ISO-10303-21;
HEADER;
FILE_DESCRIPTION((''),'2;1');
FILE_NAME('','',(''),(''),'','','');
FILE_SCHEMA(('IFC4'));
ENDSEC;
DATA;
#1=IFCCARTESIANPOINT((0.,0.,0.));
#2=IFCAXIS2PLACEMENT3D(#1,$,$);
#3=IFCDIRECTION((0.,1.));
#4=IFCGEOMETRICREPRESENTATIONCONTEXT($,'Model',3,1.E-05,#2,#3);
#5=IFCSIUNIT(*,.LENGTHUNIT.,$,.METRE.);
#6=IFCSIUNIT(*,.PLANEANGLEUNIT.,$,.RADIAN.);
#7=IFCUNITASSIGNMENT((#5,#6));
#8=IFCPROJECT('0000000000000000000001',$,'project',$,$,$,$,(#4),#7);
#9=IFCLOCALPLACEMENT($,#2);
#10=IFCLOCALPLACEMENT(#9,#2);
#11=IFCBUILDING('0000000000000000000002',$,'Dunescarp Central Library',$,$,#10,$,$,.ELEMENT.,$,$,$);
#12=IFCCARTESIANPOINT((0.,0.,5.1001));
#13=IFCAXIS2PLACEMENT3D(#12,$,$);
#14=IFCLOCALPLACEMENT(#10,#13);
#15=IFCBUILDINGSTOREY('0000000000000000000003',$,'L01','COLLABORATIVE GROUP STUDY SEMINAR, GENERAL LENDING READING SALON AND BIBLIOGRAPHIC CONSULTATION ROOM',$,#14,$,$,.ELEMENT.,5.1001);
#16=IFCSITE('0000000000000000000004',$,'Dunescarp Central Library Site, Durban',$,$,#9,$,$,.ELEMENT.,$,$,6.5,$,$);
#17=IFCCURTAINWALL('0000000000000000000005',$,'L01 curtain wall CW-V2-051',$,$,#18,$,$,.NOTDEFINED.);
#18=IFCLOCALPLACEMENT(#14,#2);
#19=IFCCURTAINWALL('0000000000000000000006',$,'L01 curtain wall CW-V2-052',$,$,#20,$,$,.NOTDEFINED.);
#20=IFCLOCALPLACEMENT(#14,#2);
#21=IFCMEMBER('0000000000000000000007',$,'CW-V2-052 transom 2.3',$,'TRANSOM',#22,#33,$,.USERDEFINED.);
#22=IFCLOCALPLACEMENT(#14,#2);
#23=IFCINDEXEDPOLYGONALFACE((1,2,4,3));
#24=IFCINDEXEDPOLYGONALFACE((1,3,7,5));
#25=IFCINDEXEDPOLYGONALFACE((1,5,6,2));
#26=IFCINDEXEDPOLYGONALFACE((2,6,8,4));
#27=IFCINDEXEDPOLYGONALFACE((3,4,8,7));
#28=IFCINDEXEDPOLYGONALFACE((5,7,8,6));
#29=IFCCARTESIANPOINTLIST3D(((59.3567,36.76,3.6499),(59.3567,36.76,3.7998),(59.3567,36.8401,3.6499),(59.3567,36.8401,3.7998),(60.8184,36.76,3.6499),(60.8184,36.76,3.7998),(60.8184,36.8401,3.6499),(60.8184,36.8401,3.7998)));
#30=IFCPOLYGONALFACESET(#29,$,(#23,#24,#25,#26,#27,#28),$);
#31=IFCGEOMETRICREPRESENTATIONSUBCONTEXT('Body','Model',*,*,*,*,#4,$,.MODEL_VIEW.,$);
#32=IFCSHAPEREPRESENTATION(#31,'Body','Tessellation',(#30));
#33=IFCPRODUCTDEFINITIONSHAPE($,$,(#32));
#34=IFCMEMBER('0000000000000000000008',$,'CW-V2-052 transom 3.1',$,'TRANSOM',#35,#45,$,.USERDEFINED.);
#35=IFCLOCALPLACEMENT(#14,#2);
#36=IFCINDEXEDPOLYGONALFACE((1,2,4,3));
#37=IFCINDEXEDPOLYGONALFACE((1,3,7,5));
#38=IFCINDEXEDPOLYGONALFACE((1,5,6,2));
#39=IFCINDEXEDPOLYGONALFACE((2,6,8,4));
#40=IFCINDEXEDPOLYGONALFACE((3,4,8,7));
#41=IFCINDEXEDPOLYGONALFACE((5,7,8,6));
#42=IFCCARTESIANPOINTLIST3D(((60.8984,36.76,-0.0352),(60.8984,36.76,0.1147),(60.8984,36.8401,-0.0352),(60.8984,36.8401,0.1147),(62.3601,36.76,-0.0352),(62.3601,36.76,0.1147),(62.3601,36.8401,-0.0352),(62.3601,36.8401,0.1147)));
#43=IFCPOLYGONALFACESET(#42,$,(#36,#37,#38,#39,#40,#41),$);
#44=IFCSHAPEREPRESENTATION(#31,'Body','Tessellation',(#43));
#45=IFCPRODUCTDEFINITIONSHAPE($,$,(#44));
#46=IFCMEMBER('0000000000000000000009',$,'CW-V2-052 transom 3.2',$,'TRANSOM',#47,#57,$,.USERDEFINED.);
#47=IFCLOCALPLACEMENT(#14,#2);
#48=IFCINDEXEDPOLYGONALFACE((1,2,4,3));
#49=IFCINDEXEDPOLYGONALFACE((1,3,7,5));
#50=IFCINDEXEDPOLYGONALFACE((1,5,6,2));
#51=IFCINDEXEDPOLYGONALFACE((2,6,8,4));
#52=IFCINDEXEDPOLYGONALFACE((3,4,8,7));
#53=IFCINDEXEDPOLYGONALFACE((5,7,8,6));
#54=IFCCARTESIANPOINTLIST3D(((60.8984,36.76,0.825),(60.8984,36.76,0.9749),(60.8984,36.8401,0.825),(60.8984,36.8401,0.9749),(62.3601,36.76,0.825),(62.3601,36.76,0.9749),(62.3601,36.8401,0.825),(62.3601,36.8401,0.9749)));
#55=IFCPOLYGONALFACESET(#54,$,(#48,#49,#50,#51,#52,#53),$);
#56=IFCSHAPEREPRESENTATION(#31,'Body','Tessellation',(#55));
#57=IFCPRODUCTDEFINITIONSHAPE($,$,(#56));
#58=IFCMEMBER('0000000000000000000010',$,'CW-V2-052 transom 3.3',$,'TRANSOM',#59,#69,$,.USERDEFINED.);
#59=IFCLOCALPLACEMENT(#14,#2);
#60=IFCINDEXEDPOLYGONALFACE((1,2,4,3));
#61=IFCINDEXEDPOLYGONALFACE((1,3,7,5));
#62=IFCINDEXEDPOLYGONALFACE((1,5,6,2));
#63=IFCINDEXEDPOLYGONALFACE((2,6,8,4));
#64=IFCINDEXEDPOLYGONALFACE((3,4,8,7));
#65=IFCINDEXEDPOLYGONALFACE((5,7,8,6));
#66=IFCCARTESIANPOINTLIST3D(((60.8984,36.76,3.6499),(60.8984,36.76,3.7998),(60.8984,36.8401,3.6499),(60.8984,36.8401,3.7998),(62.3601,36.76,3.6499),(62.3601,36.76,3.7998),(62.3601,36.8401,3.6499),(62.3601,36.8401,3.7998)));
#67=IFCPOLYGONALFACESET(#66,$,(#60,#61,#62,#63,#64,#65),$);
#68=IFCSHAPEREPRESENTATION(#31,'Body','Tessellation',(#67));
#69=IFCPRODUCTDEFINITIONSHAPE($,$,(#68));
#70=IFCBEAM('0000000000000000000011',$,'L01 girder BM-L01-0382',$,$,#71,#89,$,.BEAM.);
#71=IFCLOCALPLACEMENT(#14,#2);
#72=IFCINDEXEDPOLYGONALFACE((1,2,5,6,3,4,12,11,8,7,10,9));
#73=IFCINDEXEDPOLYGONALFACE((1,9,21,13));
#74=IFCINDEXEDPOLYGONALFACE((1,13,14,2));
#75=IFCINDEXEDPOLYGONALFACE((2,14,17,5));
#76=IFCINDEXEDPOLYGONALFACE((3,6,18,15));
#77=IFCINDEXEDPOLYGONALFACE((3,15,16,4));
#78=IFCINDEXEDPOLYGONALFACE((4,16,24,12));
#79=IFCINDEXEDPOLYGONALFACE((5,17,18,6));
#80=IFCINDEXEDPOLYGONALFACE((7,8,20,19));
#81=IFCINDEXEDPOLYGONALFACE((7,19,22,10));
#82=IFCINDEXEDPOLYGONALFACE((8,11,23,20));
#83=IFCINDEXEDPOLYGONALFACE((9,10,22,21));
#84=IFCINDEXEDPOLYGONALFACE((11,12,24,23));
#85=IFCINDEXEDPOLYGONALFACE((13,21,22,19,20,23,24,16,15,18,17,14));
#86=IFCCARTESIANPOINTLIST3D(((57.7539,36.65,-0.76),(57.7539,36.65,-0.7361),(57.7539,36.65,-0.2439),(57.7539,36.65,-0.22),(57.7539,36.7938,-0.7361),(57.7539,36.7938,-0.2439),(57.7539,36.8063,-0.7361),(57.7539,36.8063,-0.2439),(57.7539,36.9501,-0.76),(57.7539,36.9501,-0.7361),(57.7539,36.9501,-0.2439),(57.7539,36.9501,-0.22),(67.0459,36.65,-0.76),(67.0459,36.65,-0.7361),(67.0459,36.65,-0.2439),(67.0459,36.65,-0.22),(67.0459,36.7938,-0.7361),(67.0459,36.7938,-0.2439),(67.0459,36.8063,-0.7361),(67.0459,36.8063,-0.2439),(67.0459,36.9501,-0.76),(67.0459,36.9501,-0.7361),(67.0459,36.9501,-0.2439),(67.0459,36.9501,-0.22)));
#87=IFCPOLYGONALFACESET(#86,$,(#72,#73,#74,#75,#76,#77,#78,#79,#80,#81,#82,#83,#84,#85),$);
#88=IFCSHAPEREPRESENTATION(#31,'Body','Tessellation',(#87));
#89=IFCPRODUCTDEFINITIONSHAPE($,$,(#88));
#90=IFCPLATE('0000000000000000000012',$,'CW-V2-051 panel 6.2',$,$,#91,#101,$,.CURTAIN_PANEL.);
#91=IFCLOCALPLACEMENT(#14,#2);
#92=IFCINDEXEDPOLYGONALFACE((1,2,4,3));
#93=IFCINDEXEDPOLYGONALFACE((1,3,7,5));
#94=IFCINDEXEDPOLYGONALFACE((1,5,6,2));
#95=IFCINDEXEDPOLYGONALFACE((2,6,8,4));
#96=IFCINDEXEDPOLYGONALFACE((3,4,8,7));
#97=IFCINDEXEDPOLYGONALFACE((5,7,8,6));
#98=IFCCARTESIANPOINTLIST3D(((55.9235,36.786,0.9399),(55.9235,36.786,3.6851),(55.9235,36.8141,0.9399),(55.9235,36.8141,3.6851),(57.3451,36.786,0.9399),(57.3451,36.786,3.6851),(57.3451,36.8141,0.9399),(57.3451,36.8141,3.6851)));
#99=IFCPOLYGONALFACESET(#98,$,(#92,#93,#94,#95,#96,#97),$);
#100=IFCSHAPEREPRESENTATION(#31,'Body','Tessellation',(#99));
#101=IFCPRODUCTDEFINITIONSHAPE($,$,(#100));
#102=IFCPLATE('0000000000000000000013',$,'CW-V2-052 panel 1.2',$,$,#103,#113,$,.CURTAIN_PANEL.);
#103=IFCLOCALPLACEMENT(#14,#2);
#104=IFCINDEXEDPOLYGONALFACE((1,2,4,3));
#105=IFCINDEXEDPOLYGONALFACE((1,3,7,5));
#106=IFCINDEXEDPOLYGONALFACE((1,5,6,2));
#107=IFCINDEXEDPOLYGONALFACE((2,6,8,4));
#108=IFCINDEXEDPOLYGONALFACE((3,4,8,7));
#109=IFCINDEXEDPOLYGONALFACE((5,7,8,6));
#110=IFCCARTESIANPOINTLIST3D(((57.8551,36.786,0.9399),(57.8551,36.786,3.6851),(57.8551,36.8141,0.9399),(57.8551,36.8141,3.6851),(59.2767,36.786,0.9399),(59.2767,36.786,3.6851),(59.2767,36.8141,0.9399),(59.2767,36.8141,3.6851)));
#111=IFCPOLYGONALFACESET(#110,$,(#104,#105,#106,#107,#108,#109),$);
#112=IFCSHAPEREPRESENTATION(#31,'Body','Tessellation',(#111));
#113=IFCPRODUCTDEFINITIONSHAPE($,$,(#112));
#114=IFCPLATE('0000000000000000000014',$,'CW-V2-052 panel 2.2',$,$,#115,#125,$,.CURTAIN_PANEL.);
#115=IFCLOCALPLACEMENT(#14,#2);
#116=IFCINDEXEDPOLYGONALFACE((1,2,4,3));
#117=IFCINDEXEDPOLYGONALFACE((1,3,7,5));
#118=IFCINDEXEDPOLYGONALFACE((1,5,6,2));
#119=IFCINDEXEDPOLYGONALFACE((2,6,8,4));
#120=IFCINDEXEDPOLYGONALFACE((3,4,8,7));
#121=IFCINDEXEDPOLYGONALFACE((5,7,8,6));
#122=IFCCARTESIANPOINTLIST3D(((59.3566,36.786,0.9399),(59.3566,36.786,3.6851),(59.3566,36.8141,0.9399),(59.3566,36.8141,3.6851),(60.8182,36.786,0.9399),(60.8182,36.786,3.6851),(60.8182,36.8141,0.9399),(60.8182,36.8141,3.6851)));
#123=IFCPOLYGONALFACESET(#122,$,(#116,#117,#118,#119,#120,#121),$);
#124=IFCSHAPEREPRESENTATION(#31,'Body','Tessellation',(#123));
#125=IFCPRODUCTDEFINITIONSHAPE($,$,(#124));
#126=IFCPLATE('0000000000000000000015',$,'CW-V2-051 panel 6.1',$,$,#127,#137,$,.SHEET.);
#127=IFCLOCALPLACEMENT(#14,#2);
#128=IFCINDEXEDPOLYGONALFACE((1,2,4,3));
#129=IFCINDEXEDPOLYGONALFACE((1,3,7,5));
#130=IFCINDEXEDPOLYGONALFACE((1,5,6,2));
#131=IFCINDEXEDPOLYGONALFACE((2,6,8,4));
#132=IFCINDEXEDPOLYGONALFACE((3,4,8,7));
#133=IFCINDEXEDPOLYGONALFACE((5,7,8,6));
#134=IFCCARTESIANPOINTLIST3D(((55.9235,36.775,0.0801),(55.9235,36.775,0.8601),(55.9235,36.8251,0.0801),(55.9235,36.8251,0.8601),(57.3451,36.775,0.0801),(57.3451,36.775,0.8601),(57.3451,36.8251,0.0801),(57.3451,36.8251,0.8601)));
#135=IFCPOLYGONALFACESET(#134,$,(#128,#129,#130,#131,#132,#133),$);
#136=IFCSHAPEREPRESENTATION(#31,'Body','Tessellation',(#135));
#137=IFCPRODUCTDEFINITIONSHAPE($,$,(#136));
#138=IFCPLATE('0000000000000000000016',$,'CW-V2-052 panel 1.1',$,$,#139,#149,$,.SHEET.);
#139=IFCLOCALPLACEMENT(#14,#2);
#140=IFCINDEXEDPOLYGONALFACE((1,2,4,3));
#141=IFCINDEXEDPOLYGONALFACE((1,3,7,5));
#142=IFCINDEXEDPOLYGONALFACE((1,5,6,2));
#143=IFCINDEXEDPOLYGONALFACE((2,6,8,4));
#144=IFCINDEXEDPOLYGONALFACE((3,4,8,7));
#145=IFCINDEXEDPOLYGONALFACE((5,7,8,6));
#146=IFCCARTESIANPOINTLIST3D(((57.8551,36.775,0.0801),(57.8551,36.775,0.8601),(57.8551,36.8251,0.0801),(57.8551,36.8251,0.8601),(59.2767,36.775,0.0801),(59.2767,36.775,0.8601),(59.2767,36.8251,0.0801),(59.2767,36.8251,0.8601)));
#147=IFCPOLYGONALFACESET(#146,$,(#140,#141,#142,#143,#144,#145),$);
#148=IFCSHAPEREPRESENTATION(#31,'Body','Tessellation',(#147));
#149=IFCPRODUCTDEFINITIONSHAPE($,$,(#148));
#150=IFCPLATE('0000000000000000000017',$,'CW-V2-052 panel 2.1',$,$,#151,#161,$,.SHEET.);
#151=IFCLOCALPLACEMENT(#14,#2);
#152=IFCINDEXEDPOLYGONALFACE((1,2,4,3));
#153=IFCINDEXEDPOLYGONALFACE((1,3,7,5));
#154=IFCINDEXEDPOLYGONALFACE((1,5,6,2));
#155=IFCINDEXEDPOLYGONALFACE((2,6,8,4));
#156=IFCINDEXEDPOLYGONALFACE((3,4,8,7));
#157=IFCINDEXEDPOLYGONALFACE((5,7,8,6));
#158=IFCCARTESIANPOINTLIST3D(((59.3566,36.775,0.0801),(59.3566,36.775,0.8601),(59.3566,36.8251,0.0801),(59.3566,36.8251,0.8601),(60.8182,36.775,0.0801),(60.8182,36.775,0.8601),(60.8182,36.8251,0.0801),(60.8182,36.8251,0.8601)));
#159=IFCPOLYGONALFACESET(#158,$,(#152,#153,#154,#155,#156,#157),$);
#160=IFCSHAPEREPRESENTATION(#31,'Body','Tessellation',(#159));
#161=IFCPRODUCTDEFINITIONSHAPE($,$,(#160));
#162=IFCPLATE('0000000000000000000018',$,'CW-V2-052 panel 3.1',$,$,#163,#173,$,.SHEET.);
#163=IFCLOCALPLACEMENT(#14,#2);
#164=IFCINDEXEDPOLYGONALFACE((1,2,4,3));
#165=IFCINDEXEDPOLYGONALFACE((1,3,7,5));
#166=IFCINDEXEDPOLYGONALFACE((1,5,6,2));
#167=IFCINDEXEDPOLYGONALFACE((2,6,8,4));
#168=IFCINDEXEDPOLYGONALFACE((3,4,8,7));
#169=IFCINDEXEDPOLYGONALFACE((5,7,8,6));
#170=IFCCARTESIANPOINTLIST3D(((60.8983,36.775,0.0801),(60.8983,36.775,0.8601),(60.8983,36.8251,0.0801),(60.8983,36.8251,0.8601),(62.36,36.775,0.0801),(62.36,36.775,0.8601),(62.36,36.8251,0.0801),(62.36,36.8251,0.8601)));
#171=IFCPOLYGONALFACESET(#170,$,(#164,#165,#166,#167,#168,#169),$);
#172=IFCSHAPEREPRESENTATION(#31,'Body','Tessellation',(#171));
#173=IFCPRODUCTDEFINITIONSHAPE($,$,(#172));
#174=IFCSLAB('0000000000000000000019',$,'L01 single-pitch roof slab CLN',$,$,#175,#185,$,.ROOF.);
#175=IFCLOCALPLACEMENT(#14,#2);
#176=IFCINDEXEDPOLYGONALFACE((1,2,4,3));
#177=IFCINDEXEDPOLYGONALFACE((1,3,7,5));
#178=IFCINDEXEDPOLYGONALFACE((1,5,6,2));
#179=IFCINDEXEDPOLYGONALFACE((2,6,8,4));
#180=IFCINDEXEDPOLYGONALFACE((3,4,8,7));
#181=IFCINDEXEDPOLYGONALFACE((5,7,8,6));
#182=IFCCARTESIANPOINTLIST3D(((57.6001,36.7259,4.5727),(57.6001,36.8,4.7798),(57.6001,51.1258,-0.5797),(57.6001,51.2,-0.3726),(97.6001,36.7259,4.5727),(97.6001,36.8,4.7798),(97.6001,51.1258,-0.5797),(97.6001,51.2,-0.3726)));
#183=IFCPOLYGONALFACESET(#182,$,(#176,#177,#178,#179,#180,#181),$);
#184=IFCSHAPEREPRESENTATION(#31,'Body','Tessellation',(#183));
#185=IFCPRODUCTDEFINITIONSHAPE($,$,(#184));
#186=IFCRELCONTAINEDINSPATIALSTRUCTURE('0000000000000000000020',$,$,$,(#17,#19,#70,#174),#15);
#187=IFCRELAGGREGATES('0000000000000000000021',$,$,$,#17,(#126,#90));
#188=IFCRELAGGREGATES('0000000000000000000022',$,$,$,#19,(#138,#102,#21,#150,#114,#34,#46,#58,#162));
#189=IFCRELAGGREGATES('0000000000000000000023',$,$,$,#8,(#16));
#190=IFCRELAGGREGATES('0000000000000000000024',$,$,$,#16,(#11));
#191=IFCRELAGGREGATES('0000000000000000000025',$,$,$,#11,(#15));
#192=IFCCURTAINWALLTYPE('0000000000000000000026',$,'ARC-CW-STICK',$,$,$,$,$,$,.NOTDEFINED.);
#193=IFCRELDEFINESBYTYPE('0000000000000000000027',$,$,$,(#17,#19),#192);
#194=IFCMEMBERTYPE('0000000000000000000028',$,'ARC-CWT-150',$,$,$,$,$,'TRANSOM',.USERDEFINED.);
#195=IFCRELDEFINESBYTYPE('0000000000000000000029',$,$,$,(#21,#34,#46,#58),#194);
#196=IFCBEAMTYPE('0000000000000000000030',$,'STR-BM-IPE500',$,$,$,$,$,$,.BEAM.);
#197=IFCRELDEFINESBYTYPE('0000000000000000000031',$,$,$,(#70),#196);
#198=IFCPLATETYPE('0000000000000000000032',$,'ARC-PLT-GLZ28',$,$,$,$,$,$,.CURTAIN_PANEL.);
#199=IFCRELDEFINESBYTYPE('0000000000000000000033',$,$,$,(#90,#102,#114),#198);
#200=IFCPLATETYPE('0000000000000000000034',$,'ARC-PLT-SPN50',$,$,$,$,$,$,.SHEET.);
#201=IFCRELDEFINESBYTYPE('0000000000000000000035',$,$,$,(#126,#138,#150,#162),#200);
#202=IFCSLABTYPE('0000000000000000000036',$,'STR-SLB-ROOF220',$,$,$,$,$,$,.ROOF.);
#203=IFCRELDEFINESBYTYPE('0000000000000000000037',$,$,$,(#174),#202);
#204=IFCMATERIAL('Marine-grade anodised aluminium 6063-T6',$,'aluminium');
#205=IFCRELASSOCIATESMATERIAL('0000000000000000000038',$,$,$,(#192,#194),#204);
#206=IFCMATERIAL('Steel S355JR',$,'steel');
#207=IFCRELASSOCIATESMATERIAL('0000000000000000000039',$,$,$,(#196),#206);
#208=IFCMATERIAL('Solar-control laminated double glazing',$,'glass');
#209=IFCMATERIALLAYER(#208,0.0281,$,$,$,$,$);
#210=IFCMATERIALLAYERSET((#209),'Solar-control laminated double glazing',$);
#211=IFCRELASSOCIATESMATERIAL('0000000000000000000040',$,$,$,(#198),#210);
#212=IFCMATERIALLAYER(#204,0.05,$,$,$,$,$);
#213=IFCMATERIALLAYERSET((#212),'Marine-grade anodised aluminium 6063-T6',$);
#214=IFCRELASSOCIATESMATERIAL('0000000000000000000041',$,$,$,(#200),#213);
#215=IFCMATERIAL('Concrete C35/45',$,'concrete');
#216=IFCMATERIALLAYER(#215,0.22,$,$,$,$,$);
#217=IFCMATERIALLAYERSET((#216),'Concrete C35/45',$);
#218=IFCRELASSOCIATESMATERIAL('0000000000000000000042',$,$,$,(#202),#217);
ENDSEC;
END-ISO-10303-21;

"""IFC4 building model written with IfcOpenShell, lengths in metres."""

from ifc_helpers import new_model, si_unit, direction, frame, origin, origin_2d, place, context, subcontext, project, spatial, polyline, rectangle, i_section, outline, extrude, material, layer, layer_set, material_profile, profile_set, type_object, element, aggregate, save


model = new_model("IFC4")

# Units and contexts
model_context = context("Model", 3, precision=1e-05, world=origin(), true_north=direction((0.0, 1.0)))
body_context = subcontext(model_context, "Body", "Model", "MODEL_VIEW")
ifc_project = project(units=[si_unit("LENGTHUNIT", "METRE"), si_unit("PLANEANGLEUNIT", "RADIAN")], contexts=[model_context])

# Site, building, storey
site_placement = place(None, origin())
site = spatial("IfcSite", under=ifc_project, at=site_placement, Name="Dunescarp Central Library Site, Durban", CompositionType="ELEMENT", RefElevation=6.5)
building_placement = place(site_placement, origin())
building = spatial("IfcBuilding", under=site, at=building_placement, Name="Dunescarp Central Library", CompositionType="ELEMENT")
storey_placement = place(building_placement, frame((0.0, 0.0, 5.1001)))
storey = spatial("IfcBuildingStorey", under=building, at=storey_placement, Name="L01", Description="COLLABORATIVE GROUP STUDY SEMINAR, GENERAL LENDING READING SALON AND BIBLIOGRAPHIC CONSULTATION ROOM", CompositionType="ELEMENT", Elevation=5.1001)

# Shared definitions
ifc_material_1 = material(Name="Steel S355JR", Category="steel")

# Curtain walls
ifc_material_2 = material(Name="Marine-grade anodised aluminium 6063-T6", Category="aluminium")
curtain_wall_type = type_object("IfcCurtainWallType", Name="ARC-CW-STICK", PredefinedType="NOTDEFINED", material=ifc_material_2)
curtain_wall_1_placement = place(storey_placement, origin())
curtain_wall_1 = element("IfcCurtainWall", 1, at=curtain_wall_1_placement, inside=storey, type_object=curtain_wall_type, Name="L01 curtain wall CW-V2-051", PredefinedType="NOTDEFINED")
curtain_wall_2_placement = place(storey_placement, origin())
curtain_wall_2 = element("IfcCurtainWall", 2, at=curtain_wall_2_placement, inside=storey, type_object=curtain_wall_type, Name="L01 curtain wall CW-V2-052", PredefinedType="NOTDEFINED")

# Members
ifc_material_profile_1 = material_profile(ifc_material_2, rectangle(XDim=0.0801, YDim=0.1499, at=origin_2d()), Name="AL 80x150")
ifc_profile_set_1 = profile_set([ifc_material_profile_1], Name="Marine-grade anodised aluminium 6063-T6")
member_type_1 = type_object("IfcMemberType", Name="ARC-CWT-150", ElementType="TRANSOM", PredefinedType="USERDEFINED", material=ifc_profile_set_1)
member_1_placement = place(storey_placement, frame((59.3567, 36.8, 3.7249), z_axis=(1.0, 0.0, 0.0), x_axis=(0.0, 1.0, 0.0)))
member_1 = element("IfcMember", 3, at=member_1_placement, type_object=member_type_1, Name="CW-V2-052 transom 2.3", ObjectType="TRANSOM", PredefinedType="USERDEFINED", context=body_context, shape_type="SweptSolid", body=[
    extrude(rectangle(XDim=0.0801, YDim=0.1499, at=origin_2d()), origin(), (0.0, 0.0, 1.0), 1.4617),
])
member_2_placement = place(storey_placement, frame((60.8984, 36.8, 0.0398), z_axis=(1.0, 0.0, 0.0), x_axis=(0.0, 1.0, 0.0)))
member_2 = element("IfcMember", 4, at=member_2_placement, type_object=member_type_1, Name="CW-V2-052 transom 3.1", ObjectType="TRANSOM", PredefinedType="USERDEFINED", context=body_context, shape_type="SweptSolid", body=[
    extrude(rectangle(XDim=0.0801, YDim=0.1499, at=origin_2d()), origin(), (0.0, 0.0, 1.0), 1.4617),
])
member_3_placement = place(storey_placement, frame((60.8984, 36.8, 0.8999), z_axis=(1.0, 0.0, 0.0), x_axis=(0.0, 1.0, 0.0)))
member_3 = element("IfcMember", 5, at=member_3_placement, type_object=member_type_1, Name="CW-V2-052 transom 3.2", ObjectType="TRANSOM", PredefinedType="USERDEFINED", context=body_context, shape_type="SweptSolid", body=[
    extrude(rectangle(XDim=0.0801, YDim=0.1499, at=origin_2d()), origin(), (0.0, 0.0, 1.0), 1.4617),
])
member_4_placement = place(storey_placement, frame((60.8984, 36.8, 3.7249), z_axis=(1.0, 0.0, 0.0), x_axis=(0.0, 1.0, 0.0)))
member_4 = element("IfcMember", 6, at=member_4_placement, type_object=member_type_1, Name="CW-V2-052 transom 3.3", ObjectType="TRANSOM", PredefinedType="USERDEFINED", context=body_context, shape_type="SweptSolid", body=[
    extrude(rectangle(XDim=0.0801, YDim=0.1499, at=origin_2d()), origin(), (0.0, 0.0, 1.0), 1.4617),
])

# Beam
ifc_material_profile_2 = material_profile(ifc_material_1, i_section(OverallWidth=0.3, OverallDepth=0.54, WebThickness=0.0125, FlangeThickness=0.0239, at=origin_2d()), Name="HEA 550")
ifc_profile_set_2 = profile_set([ifc_material_profile_2], Name="Steel S355JR")
beam_type = type_object("IfcBeamType", Name="STR-BM-IPE500", PredefinedType="BEAM", material=ifc_profile_set_2)
beam_placement = place(storey_placement, frame((57.7539, 36.8, -0.49), z_axis=(1.0, 0.0, 0.0), x_axis=(0.0, 1.0, 0.0)))
element("IfcBeam", 7, at=beam_placement, inside=storey, type_object=beam_type, Name="L01 girder BM-L01-0382", PredefinedType="BEAM", context=body_context, shape_type="SweptSolid", body=[
    extrude(i_section(OverallWidth=0.3, OverallDepth=0.54, WebThickness=0.0125, FlangeThickness=0.0239, at=origin_2d()), origin(), (0.0, 0.0, 1.0), 9.292),
])

# Plates
ifc_material_3 = material(Name="Solar-control laminated double glazing", Category="glass")
ifc_layer_1 = layer(ifc_material_3, 0.0281)
ifc_layer_set_1 = layer_set([ifc_layer_1], Name="Solar-control laminated double glazing")
plate_type_1 = type_object("IfcPlateType", Name="ARC-PLT-GLZ28", PredefinedType="CURTAIN_PANEL", material=ifc_layer_set_1)
plate_1_placement = place(storey_placement, frame((56.6343, 36.8, 0.9399), z_axis=(0.0, 0.0, 1.0), x_axis=(1.0, 0.0, 0.0)))
plate_1 = element("IfcPlate", 8, at=plate_1_placement, type_object=plate_type_1, Name="CW-V2-051 panel 6.2", PredefinedType="CURTAIN_PANEL", context=body_context, shape_type="SweptSolid", body=[
    extrude(rectangle(XDim=1.4216, YDim=0.0281, at=origin_2d()), origin(), (0.0, 0.0, 1.0), 2.7451),
])
plate_2_placement = place(storey_placement, frame((58.5659, 36.8, 0.9399), z_axis=(0.0, 0.0, 1.0), x_axis=(1.0, 0.0, 0.0)))
plate_2 = element("IfcPlate", 9, at=plate_2_placement, type_object=plate_type_1, Name="CW-V2-052 panel 1.2", PredefinedType="CURTAIN_PANEL", context=body_context, shape_type="SweptSolid", body=[
    extrude(rectangle(XDim=1.4216, YDim=0.0281, at=origin_2d()), origin(), (0.0, 0.0, 1.0), 2.7451),
])
plate_3_placement = place(storey_placement, frame((60.0874, 36.8, 0.9399), z_axis=(0.0, 0.0, 1.0), x_axis=(1.0, 0.0, 0.0)))
plate_3 = element("IfcPlate", 10, at=plate_3_placement, type_object=plate_type_1, Name="CW-V2-052 panel 2.2", PredefinedType="CURTAIN_PANEL", context=body_context, shape_type="SweptSolid", body=[
    extrude(rectangle(XDim=1.4617, YDim=0.0281, at=origin_2d()), origin(), (0.0, 0.0, 1.0), 2.7451),
])
ifc_layer_2 = layer(ifc_material_2, 0.05)
ifc_layer_set_2 = layer_set([ifc_layer_2], Name="Marine-grade anodised aluminium 6063-T6")
plate_type_2 = type_object("IfcPlateType", Name="ARC-PLT-SPN50", PredefinedType="SHEET", material=ifc_layer_set_2)
plate_4_placement = place(storey_placement, frame((56.6343, 36.8, 0.0801), z_axis=(0.0, 0.0, 1.0), x_axis=(1.0, 0.0, 0.0)))
plate_4 = element("IfcPlate", 11, at=plate_4_placement, type_object=plate_type_2, Name="CW-V2-051 panel 6.1", PredefinedType="SHEET", context=body_context, shape_type="SweptSolid", body=[
    extrude(rectangle(XDim=1.4216, YDim=0.05, at=origin_2d()), origin(), (0.0, 0.0, 1.0), 0.78),
])
aggregate(curtain_wall_1, [plate_4, plate_1])
plate_5_placement = place(storey_placement, frame((58.5659, 36.8, 0.0801), z_axis=(0.0, 0.0, 1.0), x_axis=(1.0, 0.0, 0.0)))
plate_5 = element("IfcPlate", 12, at=plate_5_placement, type_object=plate_type_2, Name="CW-V2-052 panel 1.1", PredefinedType="SHEET", context=body_context, shape_type="SweptSolid", body=[
    extrude(rectangle(XDim=1.4216, YDim=0.05, at=origin_2d()), origin(), (0.0, 0.0, 1.0), 0.78),
])
plate_6_placement = place(storey_placement, frame((60.0874, 36.8, 0.0801), z_axis=(0.0, 0.0, 1.0), x_axis=(1.0, 0.0, 0.0)))
plate_6 = element("IfcPlate", 13, at=plate_6_placement, type_object=plate_type_2, Name="CW-V2-052 panel 2.1", PredefinedType="SHEET", context=body_context, shape_type="SweptSolid", body=[
    extrude(rectangle(XDim=1.4617, YDim=0.05, at=origin_2d()), origin(), (0.0, 0.0, 1.0), 0.78),
])
plate_7_placement = place(storey_placement, frame((61.6292, 36.8, 0.0801), z_axis=(0.0, 0.0, 1.0), x_axis=(1.0, 0.0, 0.0)))
plate_7 = element("IfcPlate", 14, at=plate_7_placement, type_object=plate_type_2, Name="CW-V2-052 panel 3.1", PredefinedType="SHEET", context=body_context, shape_type="SweptSolid", body=[
    extrude(rectangle(XDim=1.4617, YDim=0.05, at=origin_2d()), origin(), (0.0, 0.0, 1.0), 0.78),
])
aggregate(curtain_wall_2, [plate_5, plate_2, member_1, plate_6, plate_3, member_2, member_3, member_4, plate_7])

# Slab
ifc_material_4 = material(Name="Concrete C35/45", Category="concrete")
ifc_layer_3 = layer(ifc_material_4, 0.22)
ifc_layer_set_3 = layer_set([ifc_layer_3], Name="Concrete C35/45")
slab_type = type_object("IfcSlabType", Name="STR-SLB-ROOF220", PredefinedType="ROOF", material=ifc_layer_set_3)
slab_placement = place(storey_placement, frame((57.6001, 36.8, 4.7798), z_axis=(0.0, 0.336888, 0.941545), x_axis=(1.0, 0.0, 0.0)))
element("IfcSlab", 15, at=slab_placement, inside=storey, type_object=slab_type, Name="L01 single-pitch roof slab CLN", PredefinedType="ROOF", context=body_context, shape_type="SweptSolid", body=[
    extrude(outline(polyline([(0.0, 0.0), (40.0, 0.0), (40.0, 15.2939), (0.0, 15.2939), (0.0, 0.0)])), origin(), (0.0, 0.0, -1.0), 0.22),
])

save(model, "model.ifc")
